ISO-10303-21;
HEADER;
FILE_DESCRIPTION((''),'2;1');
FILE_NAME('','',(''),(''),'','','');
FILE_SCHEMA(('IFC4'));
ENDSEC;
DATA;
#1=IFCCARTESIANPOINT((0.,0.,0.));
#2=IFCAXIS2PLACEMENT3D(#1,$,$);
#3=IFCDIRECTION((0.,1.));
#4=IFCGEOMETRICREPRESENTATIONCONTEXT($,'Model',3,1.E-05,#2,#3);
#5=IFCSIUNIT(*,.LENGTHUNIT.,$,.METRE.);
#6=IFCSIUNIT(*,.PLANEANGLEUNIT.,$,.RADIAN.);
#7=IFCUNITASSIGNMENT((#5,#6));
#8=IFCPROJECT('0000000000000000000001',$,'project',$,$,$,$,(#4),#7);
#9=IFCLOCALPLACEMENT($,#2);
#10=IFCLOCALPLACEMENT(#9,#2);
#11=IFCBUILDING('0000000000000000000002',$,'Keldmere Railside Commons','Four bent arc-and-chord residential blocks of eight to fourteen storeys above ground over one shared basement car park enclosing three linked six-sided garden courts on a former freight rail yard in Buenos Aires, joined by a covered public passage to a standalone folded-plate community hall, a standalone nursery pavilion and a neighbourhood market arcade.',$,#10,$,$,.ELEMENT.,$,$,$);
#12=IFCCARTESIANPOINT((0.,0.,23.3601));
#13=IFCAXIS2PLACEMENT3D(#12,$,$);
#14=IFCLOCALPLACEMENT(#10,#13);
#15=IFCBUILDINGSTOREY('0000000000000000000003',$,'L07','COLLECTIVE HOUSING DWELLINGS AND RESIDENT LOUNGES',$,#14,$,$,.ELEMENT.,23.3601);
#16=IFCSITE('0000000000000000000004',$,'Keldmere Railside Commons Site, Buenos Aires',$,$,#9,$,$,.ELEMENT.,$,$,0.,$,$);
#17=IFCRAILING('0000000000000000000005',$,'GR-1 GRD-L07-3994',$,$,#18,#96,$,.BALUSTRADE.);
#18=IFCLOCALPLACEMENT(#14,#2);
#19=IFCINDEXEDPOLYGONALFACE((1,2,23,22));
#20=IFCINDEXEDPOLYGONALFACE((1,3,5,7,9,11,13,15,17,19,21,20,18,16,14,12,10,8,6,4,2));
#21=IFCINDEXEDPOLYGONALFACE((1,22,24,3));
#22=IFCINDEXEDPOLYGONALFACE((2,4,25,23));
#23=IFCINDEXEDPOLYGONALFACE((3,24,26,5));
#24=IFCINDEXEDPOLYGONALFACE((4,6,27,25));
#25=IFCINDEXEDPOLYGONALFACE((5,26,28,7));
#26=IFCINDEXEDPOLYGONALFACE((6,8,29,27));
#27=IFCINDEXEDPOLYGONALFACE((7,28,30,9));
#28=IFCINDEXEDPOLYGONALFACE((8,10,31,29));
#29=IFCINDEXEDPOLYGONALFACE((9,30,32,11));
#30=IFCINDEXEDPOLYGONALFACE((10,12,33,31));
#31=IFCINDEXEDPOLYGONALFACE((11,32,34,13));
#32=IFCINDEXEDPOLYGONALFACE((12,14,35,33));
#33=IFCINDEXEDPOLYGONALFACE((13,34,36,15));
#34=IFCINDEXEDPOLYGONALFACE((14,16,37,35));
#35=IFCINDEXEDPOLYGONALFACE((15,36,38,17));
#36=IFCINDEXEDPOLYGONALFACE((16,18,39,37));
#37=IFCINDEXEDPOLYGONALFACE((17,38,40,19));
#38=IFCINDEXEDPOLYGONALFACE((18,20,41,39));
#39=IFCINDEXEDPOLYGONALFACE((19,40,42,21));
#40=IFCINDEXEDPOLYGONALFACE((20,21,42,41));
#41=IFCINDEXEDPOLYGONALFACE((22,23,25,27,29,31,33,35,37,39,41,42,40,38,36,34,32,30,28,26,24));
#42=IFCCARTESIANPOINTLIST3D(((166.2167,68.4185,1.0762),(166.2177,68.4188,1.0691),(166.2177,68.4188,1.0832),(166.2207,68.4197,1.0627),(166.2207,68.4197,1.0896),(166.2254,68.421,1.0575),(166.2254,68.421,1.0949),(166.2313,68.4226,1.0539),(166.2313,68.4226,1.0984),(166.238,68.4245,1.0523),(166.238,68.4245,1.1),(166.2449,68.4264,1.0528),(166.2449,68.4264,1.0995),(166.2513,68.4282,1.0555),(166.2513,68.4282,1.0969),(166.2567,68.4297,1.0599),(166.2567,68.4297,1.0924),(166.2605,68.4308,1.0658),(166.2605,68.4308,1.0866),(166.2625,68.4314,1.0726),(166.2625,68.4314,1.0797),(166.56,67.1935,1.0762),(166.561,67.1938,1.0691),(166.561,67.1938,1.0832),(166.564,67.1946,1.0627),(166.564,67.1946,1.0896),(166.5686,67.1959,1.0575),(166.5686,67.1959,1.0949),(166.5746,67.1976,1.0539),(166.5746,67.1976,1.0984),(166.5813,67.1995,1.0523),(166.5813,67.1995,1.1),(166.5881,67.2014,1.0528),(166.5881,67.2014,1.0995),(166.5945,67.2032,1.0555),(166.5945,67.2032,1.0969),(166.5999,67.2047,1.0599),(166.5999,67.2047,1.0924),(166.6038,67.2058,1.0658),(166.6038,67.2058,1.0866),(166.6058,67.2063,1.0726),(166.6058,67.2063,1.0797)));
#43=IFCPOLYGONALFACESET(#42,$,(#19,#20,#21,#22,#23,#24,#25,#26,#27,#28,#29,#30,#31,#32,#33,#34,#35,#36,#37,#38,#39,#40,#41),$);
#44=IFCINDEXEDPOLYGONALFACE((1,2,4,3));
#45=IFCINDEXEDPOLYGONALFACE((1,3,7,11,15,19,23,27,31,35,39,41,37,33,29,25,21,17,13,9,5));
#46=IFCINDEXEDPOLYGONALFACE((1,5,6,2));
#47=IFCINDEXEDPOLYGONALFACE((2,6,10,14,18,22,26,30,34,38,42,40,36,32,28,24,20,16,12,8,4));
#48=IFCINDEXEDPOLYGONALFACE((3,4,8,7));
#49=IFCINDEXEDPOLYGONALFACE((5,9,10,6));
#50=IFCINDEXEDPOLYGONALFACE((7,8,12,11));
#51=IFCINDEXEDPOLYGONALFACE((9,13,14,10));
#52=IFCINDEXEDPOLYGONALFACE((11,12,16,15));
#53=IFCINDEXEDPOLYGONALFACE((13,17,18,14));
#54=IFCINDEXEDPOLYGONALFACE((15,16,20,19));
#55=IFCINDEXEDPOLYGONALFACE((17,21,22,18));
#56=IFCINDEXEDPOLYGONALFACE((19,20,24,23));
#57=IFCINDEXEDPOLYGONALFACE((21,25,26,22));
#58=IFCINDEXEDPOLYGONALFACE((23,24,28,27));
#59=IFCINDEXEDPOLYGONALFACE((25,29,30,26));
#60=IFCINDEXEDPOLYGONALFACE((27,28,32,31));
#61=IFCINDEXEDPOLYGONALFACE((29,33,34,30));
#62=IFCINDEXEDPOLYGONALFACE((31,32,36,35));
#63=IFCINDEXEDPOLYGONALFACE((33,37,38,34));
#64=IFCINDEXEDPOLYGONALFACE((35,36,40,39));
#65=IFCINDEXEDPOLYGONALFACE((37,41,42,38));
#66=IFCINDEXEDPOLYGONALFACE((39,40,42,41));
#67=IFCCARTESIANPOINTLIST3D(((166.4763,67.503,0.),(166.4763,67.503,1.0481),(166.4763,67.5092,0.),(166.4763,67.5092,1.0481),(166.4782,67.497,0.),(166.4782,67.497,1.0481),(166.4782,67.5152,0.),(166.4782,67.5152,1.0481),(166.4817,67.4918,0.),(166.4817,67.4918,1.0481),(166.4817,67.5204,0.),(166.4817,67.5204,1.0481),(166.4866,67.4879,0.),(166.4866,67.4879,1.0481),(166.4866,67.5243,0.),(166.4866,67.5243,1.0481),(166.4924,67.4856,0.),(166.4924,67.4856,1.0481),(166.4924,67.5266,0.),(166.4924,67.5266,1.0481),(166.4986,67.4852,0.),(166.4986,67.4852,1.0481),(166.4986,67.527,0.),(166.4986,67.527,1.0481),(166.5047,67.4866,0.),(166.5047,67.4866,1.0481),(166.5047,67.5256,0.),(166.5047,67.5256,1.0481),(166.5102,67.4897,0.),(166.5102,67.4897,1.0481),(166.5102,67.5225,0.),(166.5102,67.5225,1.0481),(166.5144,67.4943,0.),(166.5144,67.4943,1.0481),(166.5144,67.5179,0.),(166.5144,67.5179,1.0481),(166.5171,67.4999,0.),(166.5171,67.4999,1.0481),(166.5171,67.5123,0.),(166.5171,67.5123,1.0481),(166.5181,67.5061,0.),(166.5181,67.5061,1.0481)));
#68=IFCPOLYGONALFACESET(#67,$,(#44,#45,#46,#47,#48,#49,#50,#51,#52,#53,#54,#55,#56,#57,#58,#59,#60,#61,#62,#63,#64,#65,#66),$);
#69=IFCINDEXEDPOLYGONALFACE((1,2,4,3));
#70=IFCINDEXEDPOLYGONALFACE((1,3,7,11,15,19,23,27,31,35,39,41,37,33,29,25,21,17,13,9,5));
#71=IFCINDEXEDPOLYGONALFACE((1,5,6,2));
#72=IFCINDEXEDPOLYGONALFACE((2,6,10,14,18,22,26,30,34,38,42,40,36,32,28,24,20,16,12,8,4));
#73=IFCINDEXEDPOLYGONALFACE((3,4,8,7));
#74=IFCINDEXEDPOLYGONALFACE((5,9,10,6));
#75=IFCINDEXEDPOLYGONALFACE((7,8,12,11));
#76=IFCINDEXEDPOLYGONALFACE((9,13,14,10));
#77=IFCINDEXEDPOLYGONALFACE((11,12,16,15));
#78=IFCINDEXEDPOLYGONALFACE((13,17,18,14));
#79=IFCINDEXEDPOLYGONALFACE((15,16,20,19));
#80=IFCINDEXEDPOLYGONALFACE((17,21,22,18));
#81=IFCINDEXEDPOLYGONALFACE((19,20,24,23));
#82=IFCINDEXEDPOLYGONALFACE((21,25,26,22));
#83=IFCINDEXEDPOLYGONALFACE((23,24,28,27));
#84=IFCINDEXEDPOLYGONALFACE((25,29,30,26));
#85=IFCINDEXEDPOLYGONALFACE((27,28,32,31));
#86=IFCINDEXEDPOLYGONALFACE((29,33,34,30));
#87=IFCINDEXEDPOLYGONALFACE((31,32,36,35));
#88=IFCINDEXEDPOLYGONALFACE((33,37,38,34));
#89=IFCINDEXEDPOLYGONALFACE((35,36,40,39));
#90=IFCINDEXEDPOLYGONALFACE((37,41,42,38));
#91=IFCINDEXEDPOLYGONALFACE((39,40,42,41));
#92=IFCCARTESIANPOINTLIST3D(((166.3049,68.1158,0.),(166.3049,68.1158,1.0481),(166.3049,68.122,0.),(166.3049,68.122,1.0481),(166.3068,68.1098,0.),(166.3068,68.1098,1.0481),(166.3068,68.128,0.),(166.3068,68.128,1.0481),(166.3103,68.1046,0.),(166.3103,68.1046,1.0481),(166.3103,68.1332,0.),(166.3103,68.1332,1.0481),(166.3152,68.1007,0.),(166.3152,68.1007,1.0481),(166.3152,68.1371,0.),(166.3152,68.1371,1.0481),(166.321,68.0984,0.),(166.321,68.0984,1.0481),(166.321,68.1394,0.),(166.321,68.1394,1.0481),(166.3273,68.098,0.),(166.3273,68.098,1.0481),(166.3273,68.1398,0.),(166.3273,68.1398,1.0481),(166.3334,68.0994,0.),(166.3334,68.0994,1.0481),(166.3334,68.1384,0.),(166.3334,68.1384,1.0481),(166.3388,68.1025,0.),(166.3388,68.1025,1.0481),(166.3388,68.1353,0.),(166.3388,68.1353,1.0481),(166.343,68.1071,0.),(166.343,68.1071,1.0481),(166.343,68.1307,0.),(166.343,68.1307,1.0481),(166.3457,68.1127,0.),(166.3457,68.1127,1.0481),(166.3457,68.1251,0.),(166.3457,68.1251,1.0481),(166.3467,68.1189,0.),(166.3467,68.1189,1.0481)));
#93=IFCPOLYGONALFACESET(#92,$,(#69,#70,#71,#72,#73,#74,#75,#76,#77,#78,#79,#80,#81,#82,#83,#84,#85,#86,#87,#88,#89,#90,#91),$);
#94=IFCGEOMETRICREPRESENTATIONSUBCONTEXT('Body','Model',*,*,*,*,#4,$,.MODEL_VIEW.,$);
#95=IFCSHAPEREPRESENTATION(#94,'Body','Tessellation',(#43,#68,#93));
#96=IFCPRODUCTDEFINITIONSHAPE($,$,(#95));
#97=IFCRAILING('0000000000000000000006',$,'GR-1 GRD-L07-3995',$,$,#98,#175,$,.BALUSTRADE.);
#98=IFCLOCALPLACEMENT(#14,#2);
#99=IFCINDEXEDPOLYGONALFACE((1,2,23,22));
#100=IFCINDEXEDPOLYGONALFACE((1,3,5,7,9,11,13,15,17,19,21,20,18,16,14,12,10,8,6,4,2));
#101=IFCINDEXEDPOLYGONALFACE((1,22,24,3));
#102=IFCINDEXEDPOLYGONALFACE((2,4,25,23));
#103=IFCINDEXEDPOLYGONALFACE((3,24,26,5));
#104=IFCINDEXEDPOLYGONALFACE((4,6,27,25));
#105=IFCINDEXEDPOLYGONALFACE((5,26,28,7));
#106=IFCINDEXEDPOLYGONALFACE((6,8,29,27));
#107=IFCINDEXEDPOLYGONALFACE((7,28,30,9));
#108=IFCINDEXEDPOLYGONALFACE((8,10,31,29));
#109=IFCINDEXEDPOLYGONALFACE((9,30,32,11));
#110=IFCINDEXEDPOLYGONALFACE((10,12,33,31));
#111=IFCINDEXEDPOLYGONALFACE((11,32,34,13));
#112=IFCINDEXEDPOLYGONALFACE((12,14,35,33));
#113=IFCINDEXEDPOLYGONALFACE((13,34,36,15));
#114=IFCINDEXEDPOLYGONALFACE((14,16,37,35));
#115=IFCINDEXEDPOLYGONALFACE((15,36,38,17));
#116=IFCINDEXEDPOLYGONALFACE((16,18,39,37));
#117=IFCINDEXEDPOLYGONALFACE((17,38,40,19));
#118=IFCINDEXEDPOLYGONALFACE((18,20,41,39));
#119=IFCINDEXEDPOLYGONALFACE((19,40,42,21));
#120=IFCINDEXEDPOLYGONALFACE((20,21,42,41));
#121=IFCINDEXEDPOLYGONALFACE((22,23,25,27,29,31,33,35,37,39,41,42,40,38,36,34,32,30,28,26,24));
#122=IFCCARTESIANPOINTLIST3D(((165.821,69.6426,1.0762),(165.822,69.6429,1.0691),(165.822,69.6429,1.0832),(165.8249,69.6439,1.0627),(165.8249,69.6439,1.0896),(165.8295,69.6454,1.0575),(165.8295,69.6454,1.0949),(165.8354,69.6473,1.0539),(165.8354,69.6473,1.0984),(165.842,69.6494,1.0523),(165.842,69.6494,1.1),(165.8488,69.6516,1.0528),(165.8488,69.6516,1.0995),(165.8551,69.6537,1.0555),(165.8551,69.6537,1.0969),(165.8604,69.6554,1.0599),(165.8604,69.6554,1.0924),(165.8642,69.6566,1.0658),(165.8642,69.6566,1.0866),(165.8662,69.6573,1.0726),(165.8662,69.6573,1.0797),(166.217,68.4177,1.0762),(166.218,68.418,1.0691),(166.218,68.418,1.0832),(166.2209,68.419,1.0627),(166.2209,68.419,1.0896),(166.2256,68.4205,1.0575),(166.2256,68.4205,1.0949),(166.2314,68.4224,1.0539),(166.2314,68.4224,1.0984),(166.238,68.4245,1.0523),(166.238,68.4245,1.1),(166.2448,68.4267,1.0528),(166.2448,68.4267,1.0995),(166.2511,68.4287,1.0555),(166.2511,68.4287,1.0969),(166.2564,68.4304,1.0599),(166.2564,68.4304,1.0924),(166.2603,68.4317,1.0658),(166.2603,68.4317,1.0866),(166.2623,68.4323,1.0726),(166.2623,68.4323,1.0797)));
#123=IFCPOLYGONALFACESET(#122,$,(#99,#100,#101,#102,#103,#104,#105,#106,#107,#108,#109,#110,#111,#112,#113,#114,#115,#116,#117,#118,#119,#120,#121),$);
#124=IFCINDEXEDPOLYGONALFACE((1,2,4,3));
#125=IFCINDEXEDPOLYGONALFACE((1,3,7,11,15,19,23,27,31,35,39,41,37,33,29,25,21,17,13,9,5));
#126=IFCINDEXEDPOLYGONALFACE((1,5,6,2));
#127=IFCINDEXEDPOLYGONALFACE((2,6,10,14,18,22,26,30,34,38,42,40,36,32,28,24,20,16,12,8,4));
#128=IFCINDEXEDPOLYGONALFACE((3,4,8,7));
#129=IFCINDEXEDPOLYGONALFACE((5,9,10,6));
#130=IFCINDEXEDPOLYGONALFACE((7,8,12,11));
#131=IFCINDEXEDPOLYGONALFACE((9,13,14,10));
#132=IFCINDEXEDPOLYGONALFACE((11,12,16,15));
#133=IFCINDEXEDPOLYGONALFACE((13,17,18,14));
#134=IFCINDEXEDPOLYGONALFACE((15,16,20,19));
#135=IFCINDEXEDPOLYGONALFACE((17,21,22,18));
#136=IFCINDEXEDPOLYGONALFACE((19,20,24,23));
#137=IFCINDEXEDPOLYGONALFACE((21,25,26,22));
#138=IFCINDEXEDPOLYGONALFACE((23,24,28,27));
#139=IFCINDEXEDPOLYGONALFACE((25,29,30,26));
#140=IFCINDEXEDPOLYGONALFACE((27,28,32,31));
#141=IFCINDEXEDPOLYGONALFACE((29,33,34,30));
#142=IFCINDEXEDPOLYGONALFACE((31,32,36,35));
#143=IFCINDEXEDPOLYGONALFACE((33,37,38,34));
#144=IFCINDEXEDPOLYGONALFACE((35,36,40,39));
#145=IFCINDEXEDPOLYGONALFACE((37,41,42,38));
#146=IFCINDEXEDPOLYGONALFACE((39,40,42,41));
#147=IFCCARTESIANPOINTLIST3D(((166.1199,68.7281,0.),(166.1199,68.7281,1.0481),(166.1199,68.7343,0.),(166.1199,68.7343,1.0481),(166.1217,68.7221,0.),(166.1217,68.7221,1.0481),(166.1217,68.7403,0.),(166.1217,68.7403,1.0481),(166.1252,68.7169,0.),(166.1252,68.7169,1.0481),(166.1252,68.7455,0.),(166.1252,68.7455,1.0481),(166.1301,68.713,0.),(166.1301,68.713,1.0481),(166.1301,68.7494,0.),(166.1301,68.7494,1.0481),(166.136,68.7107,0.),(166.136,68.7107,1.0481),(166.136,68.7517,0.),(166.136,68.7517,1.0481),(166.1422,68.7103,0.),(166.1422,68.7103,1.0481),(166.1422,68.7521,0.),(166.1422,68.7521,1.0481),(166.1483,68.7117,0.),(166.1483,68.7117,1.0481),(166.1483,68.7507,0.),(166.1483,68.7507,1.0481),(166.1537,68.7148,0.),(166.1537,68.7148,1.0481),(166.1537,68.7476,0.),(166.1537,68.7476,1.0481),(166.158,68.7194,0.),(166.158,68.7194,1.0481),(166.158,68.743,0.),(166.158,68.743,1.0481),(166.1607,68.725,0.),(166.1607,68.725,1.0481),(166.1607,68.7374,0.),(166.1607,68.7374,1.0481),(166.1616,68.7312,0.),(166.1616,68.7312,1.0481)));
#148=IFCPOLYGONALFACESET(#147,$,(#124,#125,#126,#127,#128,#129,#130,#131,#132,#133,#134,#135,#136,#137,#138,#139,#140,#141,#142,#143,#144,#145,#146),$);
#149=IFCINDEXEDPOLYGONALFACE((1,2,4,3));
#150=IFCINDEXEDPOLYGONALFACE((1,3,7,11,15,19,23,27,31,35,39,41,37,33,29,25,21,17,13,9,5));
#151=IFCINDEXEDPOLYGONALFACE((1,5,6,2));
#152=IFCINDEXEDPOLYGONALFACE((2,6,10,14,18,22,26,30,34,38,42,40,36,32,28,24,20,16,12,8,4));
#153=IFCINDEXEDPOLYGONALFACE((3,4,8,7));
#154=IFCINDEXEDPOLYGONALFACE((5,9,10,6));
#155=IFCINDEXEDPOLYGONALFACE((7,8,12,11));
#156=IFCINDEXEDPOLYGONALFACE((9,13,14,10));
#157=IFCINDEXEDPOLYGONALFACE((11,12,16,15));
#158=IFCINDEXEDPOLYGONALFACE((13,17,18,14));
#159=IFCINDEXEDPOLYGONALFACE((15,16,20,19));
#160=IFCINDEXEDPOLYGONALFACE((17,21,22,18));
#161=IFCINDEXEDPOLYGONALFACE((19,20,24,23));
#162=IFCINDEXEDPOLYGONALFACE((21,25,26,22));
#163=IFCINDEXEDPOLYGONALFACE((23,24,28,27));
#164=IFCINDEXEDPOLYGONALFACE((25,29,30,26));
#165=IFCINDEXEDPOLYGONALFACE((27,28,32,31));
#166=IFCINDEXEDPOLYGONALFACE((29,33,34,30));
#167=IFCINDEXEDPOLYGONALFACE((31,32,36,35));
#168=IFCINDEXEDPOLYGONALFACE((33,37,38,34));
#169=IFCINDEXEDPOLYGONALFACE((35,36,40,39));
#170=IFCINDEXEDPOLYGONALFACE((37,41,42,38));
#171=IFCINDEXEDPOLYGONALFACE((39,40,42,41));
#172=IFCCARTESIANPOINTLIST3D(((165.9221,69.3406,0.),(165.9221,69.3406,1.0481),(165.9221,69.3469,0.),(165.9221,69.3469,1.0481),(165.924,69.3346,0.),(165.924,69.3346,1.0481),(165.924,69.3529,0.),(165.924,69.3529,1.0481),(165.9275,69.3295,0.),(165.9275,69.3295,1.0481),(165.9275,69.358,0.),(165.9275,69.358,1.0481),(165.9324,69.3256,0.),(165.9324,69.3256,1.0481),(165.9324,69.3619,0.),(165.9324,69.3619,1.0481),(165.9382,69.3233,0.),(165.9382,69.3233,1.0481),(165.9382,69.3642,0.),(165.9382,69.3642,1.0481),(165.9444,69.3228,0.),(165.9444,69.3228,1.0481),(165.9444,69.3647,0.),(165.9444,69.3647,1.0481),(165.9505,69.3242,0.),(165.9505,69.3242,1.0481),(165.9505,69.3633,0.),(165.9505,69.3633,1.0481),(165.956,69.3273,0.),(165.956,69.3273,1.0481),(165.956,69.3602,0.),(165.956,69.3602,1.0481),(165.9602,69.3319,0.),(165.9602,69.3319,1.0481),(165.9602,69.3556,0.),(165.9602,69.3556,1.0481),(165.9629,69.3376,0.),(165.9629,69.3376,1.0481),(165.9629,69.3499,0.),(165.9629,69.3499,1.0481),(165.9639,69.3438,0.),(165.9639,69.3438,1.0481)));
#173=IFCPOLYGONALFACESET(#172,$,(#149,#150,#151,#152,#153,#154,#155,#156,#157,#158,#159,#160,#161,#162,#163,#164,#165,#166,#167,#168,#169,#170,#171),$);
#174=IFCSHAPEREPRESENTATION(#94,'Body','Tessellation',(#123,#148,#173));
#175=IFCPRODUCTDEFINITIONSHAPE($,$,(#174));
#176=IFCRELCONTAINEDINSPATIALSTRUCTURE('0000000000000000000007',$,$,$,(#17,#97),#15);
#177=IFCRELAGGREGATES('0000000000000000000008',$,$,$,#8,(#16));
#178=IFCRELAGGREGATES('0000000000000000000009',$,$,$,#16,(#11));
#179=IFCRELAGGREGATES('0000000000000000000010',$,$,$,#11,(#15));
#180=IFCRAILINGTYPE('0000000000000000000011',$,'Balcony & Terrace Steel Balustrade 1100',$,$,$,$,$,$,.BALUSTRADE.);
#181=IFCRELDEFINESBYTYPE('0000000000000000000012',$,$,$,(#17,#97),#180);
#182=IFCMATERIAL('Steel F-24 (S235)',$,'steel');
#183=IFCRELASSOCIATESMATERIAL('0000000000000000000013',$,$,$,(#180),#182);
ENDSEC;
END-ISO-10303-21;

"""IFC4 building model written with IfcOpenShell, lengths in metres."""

from ifc_helpers import new_model, si_unit, direction, frame, origin, origin_2d, place, context, subcontext, project, spatial, circle, extrude, material, type_object, element, save


model = new_model("IFC4")

# Units and contexts
model_context = context("Model", 3, precision=1e-05, world=origin(), true_north=direction((0.0, 1.0)))
body_context = subcontext(model_context, "Body", "Model", "MODEL_VIEW")
ifc_project = project(units=[si_unit("LENGTHUNIT", "METRE"), si_unit("PLANEANGLEUNIT", "RADIAN")], contexts=[model_context])

# Site, building, storey
site_placement = place(None, origin())
site = spatial("IfcSite", under=ifc_project, at=site_placement, Name="Keldmere Railside Commons Site, Buenos Aires", CompositionType="ELEMENT", RefElevation=0.0)
building_placement = place(site_placement, origin())
building = spatial("IfcBuilding", under=site, at=building_placement, Name="Keldmere Railside Commons", Description="Four bent arc-and-chord residential blocks of eight to fourteen storeys above ground over one shared basement car park enclosing three linked six-sided garden courts on a former freight rail yard in Buenos Aires, joined by a covered public passage to a standalone folded-plate community hall, a standalone nursery pavilion and a neighbourhood market arcade.", CompositionType="ELEMENT")
storey_placement = place(building_placement, frame((0.0, 0.0, 23.3601)))
storey = spatial("IfcBuildingStorey", under=building, at=storey_placement, Name="L07", Description="COLLECTIVE HOUSING DWELLINGS AND RESIDENT LOUNGES", CompositionType="ELEMENT", Elevation=23.3601)

# Railings
ifc_material_1 = material(Name="Steel F-24 (S235)", Category="steel")
railing_type = type_object("IfcRailingType", Name="Balcony & Terrace Steel Balustrade 1100", PredefinedType="BALUSTRADE", material=ifc_material_1)
railing_1_placement = place(storey_placement, frame((166.583, 67.2, 0.0)))
element("IfcRailing", 1, at=railing_1_placement, inside=storey, type_object=railing_type, Name="GR-1 GRD-L07-3994", PredefinedType="BALUSTRADE", context=body_context, shape_type="SweptSolid", body=[
    extrude(circle(Radius=0.0239, at=origin_2d()), frame((0.0, 0.0, 1.0762), z_axis=(-0.269801, 0.962916, 0.0), x_axis=(-0.962916, -0.269801, 0.0)), (0.0, 0.0, 1.0), 1.2722),
    extrude(circle(Radius=0.021, at=origin_2d()), frame((-0.0859, 0.3062, 0.0)), (0.0, 0.0, 1.0), 1.0481),
    extrude(circle(Radius=0.021, at=origin_2d()), frame((-0.2573, 0.9189, 0.0)), (0.0, 0.0, 1.0), 1.0481),
])
railing_2_placement = place(storey_placement, frame((166.2397, 68.425, 0.0)))
element("IfcRailing", 2, at=railing_2_placement, inside=storey, type_object=railing_type, Name="GR-1 GRD-L07-3995", PredefinedType="BALUSTRADE", context=body_context, shape_type="SweptSolid", body=[
    extrude(circle(Radius=0.0239, at=origin_2d()), frame((0.0, 0.0, 1.0762), z_axis=(-0.307623, 0.951508, 0.0), x_axis=(-0.951508, -0.307623, 0.0)), (0.0, 0.0, 1.0), 1.2874),
    extrude(circle(Radius=0.021, at=origin_2d()), frame((-0.0991, 0.3062, 0.0)), (0.0, 0.0, 1.0), 1.0481),
    extrude(circle(Radius=0.021, at=origin_2d()), frame((-0.2969, 0.9187, 0.0)), (0.0, 0.0, 1.0), 1.0481),
])

save(model, "model.ifc")
